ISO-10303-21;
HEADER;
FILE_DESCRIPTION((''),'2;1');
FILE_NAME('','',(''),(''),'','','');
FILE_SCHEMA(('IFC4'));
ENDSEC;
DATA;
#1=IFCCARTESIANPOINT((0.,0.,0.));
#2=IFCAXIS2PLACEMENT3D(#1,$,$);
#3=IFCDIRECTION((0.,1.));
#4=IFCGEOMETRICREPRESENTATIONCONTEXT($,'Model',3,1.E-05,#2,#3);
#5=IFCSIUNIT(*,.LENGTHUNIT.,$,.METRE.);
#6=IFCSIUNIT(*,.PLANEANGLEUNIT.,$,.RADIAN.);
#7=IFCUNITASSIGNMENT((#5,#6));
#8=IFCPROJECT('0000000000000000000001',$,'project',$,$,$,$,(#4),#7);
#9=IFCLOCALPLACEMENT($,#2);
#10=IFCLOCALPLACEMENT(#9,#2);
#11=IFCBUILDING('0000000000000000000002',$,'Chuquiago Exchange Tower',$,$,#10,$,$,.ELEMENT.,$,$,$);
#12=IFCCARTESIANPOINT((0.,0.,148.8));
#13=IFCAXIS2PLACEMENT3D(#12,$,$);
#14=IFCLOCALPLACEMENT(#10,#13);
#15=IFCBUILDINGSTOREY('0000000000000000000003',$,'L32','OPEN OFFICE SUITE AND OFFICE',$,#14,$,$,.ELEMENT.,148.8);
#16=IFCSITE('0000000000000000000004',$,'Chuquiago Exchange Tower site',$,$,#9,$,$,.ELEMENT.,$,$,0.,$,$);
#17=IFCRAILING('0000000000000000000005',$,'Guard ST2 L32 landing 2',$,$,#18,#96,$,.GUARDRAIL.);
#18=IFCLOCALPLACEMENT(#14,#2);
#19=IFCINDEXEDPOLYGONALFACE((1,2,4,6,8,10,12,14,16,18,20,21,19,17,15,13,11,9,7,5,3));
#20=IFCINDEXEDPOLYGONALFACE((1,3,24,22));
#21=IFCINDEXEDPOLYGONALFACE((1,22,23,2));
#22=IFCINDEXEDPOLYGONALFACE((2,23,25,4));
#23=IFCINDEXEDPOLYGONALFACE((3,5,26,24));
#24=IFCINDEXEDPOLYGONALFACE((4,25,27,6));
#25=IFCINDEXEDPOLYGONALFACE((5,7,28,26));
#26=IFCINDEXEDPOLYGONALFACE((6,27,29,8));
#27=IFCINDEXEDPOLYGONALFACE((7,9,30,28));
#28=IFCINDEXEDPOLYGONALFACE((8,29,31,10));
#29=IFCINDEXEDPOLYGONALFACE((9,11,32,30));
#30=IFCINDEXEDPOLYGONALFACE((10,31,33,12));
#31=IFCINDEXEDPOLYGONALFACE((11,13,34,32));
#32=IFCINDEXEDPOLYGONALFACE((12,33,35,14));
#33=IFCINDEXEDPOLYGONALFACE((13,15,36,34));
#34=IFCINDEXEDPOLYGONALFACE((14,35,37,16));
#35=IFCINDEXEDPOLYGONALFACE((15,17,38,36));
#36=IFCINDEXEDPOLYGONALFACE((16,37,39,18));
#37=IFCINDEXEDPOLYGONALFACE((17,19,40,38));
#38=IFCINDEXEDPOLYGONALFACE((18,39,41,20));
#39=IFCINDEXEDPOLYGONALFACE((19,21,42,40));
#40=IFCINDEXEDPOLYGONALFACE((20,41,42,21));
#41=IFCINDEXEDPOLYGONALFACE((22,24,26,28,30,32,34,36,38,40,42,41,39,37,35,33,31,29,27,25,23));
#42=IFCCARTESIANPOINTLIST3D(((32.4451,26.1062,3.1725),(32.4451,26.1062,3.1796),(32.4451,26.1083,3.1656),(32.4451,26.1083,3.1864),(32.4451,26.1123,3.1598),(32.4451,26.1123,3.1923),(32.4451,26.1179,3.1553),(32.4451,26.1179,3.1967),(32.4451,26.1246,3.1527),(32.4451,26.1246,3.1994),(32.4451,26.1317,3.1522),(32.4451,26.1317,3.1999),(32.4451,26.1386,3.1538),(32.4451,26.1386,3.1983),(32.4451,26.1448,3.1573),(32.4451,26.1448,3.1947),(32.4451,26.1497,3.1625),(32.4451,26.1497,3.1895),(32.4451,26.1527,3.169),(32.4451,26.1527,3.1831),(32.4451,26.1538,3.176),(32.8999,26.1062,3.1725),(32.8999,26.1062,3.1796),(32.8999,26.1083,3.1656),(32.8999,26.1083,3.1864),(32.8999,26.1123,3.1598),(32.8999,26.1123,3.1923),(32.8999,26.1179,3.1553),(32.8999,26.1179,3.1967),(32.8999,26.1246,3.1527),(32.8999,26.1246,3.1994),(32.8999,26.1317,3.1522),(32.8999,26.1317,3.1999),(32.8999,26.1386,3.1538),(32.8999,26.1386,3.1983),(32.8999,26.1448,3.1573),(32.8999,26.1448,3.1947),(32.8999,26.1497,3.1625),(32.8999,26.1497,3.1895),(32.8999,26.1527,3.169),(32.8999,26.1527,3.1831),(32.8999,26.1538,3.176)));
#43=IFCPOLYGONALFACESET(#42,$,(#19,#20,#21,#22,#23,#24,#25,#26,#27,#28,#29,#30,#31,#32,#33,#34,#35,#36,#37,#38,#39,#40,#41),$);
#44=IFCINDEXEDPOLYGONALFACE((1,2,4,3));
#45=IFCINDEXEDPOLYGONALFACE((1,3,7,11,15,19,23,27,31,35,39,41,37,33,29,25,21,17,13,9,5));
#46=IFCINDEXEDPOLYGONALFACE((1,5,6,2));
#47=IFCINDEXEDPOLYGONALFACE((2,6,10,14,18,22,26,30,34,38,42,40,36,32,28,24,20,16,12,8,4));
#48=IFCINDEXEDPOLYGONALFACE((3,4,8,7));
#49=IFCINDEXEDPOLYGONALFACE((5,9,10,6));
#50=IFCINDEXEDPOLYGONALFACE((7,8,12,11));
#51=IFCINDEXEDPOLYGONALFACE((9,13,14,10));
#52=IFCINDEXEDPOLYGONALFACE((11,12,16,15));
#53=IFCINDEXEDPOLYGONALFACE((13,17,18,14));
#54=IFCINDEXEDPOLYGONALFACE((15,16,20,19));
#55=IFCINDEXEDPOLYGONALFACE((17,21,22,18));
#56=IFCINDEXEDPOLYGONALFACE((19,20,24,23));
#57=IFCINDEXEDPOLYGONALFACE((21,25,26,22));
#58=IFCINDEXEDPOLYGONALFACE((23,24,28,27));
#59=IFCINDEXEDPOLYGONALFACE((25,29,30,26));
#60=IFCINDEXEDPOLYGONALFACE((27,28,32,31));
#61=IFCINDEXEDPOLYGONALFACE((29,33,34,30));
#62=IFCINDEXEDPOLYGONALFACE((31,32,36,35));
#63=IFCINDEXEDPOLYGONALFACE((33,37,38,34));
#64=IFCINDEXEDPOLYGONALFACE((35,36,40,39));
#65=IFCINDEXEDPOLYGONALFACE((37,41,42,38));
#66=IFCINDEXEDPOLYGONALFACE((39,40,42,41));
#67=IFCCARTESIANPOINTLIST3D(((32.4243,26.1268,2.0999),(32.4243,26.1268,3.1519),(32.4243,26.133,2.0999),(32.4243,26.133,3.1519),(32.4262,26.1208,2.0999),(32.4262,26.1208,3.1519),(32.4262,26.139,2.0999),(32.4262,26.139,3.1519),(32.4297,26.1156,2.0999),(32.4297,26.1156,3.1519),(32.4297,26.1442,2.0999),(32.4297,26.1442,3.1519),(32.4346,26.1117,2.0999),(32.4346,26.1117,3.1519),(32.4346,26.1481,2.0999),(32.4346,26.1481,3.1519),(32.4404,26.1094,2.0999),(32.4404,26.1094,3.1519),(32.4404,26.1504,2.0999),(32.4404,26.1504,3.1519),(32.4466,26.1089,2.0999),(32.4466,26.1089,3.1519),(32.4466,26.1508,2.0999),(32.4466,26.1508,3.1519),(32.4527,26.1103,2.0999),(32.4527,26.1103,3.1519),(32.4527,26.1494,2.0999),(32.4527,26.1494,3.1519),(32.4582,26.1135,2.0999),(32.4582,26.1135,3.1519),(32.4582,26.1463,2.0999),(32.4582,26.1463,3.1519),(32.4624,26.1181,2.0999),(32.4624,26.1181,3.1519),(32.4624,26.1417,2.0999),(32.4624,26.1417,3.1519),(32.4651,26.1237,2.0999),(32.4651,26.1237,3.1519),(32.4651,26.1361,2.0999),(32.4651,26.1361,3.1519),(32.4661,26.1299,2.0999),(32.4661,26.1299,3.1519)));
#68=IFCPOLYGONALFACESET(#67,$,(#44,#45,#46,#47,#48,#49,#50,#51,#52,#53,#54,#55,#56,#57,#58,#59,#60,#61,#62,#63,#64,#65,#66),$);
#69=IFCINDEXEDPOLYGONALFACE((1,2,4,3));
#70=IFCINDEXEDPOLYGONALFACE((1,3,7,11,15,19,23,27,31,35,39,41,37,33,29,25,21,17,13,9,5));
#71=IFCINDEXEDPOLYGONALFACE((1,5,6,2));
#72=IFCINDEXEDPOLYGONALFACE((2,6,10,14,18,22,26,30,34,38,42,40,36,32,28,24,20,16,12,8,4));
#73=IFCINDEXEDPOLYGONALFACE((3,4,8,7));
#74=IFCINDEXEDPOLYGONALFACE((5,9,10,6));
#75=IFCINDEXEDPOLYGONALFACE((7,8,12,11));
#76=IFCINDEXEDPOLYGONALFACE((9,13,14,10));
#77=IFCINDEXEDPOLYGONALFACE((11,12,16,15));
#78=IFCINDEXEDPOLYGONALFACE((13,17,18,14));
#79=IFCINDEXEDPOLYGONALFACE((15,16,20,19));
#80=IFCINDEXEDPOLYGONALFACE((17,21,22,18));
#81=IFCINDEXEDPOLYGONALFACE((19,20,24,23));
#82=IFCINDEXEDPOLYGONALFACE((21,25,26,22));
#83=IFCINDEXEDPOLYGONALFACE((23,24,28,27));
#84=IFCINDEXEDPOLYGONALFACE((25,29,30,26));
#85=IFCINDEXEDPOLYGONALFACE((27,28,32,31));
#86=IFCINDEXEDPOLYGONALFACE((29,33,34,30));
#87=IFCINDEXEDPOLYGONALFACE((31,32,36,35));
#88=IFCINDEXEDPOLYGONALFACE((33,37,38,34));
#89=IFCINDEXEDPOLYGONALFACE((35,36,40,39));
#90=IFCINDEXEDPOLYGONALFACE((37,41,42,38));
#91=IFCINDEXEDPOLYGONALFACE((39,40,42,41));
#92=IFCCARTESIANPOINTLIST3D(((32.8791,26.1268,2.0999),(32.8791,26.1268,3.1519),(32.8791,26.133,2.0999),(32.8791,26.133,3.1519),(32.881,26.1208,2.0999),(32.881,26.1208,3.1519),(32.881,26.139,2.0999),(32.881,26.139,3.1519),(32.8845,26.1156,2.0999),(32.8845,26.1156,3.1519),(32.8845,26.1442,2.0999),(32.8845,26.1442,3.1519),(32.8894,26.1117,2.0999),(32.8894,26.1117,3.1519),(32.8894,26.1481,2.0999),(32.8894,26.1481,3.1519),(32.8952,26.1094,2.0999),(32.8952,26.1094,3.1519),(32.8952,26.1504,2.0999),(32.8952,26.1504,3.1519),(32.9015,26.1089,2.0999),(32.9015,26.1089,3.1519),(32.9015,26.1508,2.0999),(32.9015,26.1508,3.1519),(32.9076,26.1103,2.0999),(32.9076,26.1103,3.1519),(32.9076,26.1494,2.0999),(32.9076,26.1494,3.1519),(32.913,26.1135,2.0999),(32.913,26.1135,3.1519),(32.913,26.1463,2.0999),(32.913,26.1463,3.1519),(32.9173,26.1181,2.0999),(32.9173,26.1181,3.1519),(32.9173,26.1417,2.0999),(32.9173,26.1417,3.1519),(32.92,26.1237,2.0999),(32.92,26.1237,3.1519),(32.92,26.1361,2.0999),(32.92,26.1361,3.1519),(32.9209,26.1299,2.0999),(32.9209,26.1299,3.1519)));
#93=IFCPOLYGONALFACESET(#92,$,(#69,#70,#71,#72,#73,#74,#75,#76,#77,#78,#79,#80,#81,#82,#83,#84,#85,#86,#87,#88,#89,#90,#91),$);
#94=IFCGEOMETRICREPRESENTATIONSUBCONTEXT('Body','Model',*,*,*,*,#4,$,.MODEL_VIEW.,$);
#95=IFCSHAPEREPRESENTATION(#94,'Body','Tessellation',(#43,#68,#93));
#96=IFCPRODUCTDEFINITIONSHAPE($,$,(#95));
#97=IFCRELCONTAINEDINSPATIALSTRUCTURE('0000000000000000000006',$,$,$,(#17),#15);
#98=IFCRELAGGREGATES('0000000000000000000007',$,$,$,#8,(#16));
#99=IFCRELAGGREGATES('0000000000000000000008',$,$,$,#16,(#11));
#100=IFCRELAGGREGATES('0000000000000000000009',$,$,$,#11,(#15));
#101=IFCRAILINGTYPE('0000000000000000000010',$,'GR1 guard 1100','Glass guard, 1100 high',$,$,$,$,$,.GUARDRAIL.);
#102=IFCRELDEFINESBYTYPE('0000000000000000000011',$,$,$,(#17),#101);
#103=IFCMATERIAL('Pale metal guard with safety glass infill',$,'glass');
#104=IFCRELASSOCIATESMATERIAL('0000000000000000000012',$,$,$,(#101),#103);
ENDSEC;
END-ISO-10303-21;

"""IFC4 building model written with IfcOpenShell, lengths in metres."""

from ifc_helpers import new_model, si_unit, direction, frame, origin, origin_2d, place, context, subcontext, project, spatial, circle, extrude, material, type_object, element, save


model = new_model("IFC4")

# Units and contexts
model_context = context("Model", 3, precision=1e-05, world=origin(), true_north=direction((0.0, 1.0)))
body_context = subcontext(model_context, "Body", "Model", "MODEL_VIEW")
ifc_project = project(units=[si_unit("LENGTHUNIT", "METRE"), si_unit("PLANEANGLEUNIT", "RADIAN")], contexts=[model_context])

# Site, building, storey
site_placement = place(None, origin())
site = spatial("IfcSite", under=ifc_project, at=site_placement, Name="Chuquiago Exchange Tower site", CompositionType="ELEMENT", RefElevation=0.0)
building_placement = place(site_placement, origin())
building = spatial("IfcBuilding", under=site, at=building_placement, Name="Chuquiago Exchange Tower", CompositionType="ELEMENT")
storey_placement = place(building_placement, frame((0.0, 0.0, 148.8)))
storey = spatial("IfcBuildingStorey", under=building, at=storey_placement, Name="L32", Description="OPEN OFFICE SUITE AND OFFICE", CompositionType="ELEMENT", Elevation=148.8)

# Railing
ifc_material_1 = material(Name="Pale metal guard with safety glass infill", Category="glass")
railing_type_1 = type_object("IfcRailingType", Name="GR1 guard 1100", Description="Glass guard, 1100 high", PredefinedType="GUARDRAIL", material=ifc_material_1)
railing_1_placement = place(storey_placement, frame((32.4451, 26.1299, 2.0999)))
element("IfcRailing", 1, at=railing_1_placement, inside=storey, type_object=railing_type_1, Name="Guard ST2 L32 landing 2", PredefinedType="GUARDRAIL", context=body_context, shape_type="SweptSolid", body=[
    extrude(circle(Radius=0.0239, at=origin_2d()), frame((0.0, 0.0, 1.0762), z_axis=(1.0, 0.0, 0.0), x_axis=(0.0, 1.0, 0.0)), (0.0, 0.0, 1.0), 0.4548),
    extrude(circle(Radius=0.021, at=origin_2d()), origin(), (0.0, 0.0, 1.0), 1.052),
    extrude(circle(Radius=0.021, at=origin_2d()), frame((0.4548, 0.0, 0.0)), (0.0, 0.0, 1.0), 1.052),
])

save(model, "model.ifc")
